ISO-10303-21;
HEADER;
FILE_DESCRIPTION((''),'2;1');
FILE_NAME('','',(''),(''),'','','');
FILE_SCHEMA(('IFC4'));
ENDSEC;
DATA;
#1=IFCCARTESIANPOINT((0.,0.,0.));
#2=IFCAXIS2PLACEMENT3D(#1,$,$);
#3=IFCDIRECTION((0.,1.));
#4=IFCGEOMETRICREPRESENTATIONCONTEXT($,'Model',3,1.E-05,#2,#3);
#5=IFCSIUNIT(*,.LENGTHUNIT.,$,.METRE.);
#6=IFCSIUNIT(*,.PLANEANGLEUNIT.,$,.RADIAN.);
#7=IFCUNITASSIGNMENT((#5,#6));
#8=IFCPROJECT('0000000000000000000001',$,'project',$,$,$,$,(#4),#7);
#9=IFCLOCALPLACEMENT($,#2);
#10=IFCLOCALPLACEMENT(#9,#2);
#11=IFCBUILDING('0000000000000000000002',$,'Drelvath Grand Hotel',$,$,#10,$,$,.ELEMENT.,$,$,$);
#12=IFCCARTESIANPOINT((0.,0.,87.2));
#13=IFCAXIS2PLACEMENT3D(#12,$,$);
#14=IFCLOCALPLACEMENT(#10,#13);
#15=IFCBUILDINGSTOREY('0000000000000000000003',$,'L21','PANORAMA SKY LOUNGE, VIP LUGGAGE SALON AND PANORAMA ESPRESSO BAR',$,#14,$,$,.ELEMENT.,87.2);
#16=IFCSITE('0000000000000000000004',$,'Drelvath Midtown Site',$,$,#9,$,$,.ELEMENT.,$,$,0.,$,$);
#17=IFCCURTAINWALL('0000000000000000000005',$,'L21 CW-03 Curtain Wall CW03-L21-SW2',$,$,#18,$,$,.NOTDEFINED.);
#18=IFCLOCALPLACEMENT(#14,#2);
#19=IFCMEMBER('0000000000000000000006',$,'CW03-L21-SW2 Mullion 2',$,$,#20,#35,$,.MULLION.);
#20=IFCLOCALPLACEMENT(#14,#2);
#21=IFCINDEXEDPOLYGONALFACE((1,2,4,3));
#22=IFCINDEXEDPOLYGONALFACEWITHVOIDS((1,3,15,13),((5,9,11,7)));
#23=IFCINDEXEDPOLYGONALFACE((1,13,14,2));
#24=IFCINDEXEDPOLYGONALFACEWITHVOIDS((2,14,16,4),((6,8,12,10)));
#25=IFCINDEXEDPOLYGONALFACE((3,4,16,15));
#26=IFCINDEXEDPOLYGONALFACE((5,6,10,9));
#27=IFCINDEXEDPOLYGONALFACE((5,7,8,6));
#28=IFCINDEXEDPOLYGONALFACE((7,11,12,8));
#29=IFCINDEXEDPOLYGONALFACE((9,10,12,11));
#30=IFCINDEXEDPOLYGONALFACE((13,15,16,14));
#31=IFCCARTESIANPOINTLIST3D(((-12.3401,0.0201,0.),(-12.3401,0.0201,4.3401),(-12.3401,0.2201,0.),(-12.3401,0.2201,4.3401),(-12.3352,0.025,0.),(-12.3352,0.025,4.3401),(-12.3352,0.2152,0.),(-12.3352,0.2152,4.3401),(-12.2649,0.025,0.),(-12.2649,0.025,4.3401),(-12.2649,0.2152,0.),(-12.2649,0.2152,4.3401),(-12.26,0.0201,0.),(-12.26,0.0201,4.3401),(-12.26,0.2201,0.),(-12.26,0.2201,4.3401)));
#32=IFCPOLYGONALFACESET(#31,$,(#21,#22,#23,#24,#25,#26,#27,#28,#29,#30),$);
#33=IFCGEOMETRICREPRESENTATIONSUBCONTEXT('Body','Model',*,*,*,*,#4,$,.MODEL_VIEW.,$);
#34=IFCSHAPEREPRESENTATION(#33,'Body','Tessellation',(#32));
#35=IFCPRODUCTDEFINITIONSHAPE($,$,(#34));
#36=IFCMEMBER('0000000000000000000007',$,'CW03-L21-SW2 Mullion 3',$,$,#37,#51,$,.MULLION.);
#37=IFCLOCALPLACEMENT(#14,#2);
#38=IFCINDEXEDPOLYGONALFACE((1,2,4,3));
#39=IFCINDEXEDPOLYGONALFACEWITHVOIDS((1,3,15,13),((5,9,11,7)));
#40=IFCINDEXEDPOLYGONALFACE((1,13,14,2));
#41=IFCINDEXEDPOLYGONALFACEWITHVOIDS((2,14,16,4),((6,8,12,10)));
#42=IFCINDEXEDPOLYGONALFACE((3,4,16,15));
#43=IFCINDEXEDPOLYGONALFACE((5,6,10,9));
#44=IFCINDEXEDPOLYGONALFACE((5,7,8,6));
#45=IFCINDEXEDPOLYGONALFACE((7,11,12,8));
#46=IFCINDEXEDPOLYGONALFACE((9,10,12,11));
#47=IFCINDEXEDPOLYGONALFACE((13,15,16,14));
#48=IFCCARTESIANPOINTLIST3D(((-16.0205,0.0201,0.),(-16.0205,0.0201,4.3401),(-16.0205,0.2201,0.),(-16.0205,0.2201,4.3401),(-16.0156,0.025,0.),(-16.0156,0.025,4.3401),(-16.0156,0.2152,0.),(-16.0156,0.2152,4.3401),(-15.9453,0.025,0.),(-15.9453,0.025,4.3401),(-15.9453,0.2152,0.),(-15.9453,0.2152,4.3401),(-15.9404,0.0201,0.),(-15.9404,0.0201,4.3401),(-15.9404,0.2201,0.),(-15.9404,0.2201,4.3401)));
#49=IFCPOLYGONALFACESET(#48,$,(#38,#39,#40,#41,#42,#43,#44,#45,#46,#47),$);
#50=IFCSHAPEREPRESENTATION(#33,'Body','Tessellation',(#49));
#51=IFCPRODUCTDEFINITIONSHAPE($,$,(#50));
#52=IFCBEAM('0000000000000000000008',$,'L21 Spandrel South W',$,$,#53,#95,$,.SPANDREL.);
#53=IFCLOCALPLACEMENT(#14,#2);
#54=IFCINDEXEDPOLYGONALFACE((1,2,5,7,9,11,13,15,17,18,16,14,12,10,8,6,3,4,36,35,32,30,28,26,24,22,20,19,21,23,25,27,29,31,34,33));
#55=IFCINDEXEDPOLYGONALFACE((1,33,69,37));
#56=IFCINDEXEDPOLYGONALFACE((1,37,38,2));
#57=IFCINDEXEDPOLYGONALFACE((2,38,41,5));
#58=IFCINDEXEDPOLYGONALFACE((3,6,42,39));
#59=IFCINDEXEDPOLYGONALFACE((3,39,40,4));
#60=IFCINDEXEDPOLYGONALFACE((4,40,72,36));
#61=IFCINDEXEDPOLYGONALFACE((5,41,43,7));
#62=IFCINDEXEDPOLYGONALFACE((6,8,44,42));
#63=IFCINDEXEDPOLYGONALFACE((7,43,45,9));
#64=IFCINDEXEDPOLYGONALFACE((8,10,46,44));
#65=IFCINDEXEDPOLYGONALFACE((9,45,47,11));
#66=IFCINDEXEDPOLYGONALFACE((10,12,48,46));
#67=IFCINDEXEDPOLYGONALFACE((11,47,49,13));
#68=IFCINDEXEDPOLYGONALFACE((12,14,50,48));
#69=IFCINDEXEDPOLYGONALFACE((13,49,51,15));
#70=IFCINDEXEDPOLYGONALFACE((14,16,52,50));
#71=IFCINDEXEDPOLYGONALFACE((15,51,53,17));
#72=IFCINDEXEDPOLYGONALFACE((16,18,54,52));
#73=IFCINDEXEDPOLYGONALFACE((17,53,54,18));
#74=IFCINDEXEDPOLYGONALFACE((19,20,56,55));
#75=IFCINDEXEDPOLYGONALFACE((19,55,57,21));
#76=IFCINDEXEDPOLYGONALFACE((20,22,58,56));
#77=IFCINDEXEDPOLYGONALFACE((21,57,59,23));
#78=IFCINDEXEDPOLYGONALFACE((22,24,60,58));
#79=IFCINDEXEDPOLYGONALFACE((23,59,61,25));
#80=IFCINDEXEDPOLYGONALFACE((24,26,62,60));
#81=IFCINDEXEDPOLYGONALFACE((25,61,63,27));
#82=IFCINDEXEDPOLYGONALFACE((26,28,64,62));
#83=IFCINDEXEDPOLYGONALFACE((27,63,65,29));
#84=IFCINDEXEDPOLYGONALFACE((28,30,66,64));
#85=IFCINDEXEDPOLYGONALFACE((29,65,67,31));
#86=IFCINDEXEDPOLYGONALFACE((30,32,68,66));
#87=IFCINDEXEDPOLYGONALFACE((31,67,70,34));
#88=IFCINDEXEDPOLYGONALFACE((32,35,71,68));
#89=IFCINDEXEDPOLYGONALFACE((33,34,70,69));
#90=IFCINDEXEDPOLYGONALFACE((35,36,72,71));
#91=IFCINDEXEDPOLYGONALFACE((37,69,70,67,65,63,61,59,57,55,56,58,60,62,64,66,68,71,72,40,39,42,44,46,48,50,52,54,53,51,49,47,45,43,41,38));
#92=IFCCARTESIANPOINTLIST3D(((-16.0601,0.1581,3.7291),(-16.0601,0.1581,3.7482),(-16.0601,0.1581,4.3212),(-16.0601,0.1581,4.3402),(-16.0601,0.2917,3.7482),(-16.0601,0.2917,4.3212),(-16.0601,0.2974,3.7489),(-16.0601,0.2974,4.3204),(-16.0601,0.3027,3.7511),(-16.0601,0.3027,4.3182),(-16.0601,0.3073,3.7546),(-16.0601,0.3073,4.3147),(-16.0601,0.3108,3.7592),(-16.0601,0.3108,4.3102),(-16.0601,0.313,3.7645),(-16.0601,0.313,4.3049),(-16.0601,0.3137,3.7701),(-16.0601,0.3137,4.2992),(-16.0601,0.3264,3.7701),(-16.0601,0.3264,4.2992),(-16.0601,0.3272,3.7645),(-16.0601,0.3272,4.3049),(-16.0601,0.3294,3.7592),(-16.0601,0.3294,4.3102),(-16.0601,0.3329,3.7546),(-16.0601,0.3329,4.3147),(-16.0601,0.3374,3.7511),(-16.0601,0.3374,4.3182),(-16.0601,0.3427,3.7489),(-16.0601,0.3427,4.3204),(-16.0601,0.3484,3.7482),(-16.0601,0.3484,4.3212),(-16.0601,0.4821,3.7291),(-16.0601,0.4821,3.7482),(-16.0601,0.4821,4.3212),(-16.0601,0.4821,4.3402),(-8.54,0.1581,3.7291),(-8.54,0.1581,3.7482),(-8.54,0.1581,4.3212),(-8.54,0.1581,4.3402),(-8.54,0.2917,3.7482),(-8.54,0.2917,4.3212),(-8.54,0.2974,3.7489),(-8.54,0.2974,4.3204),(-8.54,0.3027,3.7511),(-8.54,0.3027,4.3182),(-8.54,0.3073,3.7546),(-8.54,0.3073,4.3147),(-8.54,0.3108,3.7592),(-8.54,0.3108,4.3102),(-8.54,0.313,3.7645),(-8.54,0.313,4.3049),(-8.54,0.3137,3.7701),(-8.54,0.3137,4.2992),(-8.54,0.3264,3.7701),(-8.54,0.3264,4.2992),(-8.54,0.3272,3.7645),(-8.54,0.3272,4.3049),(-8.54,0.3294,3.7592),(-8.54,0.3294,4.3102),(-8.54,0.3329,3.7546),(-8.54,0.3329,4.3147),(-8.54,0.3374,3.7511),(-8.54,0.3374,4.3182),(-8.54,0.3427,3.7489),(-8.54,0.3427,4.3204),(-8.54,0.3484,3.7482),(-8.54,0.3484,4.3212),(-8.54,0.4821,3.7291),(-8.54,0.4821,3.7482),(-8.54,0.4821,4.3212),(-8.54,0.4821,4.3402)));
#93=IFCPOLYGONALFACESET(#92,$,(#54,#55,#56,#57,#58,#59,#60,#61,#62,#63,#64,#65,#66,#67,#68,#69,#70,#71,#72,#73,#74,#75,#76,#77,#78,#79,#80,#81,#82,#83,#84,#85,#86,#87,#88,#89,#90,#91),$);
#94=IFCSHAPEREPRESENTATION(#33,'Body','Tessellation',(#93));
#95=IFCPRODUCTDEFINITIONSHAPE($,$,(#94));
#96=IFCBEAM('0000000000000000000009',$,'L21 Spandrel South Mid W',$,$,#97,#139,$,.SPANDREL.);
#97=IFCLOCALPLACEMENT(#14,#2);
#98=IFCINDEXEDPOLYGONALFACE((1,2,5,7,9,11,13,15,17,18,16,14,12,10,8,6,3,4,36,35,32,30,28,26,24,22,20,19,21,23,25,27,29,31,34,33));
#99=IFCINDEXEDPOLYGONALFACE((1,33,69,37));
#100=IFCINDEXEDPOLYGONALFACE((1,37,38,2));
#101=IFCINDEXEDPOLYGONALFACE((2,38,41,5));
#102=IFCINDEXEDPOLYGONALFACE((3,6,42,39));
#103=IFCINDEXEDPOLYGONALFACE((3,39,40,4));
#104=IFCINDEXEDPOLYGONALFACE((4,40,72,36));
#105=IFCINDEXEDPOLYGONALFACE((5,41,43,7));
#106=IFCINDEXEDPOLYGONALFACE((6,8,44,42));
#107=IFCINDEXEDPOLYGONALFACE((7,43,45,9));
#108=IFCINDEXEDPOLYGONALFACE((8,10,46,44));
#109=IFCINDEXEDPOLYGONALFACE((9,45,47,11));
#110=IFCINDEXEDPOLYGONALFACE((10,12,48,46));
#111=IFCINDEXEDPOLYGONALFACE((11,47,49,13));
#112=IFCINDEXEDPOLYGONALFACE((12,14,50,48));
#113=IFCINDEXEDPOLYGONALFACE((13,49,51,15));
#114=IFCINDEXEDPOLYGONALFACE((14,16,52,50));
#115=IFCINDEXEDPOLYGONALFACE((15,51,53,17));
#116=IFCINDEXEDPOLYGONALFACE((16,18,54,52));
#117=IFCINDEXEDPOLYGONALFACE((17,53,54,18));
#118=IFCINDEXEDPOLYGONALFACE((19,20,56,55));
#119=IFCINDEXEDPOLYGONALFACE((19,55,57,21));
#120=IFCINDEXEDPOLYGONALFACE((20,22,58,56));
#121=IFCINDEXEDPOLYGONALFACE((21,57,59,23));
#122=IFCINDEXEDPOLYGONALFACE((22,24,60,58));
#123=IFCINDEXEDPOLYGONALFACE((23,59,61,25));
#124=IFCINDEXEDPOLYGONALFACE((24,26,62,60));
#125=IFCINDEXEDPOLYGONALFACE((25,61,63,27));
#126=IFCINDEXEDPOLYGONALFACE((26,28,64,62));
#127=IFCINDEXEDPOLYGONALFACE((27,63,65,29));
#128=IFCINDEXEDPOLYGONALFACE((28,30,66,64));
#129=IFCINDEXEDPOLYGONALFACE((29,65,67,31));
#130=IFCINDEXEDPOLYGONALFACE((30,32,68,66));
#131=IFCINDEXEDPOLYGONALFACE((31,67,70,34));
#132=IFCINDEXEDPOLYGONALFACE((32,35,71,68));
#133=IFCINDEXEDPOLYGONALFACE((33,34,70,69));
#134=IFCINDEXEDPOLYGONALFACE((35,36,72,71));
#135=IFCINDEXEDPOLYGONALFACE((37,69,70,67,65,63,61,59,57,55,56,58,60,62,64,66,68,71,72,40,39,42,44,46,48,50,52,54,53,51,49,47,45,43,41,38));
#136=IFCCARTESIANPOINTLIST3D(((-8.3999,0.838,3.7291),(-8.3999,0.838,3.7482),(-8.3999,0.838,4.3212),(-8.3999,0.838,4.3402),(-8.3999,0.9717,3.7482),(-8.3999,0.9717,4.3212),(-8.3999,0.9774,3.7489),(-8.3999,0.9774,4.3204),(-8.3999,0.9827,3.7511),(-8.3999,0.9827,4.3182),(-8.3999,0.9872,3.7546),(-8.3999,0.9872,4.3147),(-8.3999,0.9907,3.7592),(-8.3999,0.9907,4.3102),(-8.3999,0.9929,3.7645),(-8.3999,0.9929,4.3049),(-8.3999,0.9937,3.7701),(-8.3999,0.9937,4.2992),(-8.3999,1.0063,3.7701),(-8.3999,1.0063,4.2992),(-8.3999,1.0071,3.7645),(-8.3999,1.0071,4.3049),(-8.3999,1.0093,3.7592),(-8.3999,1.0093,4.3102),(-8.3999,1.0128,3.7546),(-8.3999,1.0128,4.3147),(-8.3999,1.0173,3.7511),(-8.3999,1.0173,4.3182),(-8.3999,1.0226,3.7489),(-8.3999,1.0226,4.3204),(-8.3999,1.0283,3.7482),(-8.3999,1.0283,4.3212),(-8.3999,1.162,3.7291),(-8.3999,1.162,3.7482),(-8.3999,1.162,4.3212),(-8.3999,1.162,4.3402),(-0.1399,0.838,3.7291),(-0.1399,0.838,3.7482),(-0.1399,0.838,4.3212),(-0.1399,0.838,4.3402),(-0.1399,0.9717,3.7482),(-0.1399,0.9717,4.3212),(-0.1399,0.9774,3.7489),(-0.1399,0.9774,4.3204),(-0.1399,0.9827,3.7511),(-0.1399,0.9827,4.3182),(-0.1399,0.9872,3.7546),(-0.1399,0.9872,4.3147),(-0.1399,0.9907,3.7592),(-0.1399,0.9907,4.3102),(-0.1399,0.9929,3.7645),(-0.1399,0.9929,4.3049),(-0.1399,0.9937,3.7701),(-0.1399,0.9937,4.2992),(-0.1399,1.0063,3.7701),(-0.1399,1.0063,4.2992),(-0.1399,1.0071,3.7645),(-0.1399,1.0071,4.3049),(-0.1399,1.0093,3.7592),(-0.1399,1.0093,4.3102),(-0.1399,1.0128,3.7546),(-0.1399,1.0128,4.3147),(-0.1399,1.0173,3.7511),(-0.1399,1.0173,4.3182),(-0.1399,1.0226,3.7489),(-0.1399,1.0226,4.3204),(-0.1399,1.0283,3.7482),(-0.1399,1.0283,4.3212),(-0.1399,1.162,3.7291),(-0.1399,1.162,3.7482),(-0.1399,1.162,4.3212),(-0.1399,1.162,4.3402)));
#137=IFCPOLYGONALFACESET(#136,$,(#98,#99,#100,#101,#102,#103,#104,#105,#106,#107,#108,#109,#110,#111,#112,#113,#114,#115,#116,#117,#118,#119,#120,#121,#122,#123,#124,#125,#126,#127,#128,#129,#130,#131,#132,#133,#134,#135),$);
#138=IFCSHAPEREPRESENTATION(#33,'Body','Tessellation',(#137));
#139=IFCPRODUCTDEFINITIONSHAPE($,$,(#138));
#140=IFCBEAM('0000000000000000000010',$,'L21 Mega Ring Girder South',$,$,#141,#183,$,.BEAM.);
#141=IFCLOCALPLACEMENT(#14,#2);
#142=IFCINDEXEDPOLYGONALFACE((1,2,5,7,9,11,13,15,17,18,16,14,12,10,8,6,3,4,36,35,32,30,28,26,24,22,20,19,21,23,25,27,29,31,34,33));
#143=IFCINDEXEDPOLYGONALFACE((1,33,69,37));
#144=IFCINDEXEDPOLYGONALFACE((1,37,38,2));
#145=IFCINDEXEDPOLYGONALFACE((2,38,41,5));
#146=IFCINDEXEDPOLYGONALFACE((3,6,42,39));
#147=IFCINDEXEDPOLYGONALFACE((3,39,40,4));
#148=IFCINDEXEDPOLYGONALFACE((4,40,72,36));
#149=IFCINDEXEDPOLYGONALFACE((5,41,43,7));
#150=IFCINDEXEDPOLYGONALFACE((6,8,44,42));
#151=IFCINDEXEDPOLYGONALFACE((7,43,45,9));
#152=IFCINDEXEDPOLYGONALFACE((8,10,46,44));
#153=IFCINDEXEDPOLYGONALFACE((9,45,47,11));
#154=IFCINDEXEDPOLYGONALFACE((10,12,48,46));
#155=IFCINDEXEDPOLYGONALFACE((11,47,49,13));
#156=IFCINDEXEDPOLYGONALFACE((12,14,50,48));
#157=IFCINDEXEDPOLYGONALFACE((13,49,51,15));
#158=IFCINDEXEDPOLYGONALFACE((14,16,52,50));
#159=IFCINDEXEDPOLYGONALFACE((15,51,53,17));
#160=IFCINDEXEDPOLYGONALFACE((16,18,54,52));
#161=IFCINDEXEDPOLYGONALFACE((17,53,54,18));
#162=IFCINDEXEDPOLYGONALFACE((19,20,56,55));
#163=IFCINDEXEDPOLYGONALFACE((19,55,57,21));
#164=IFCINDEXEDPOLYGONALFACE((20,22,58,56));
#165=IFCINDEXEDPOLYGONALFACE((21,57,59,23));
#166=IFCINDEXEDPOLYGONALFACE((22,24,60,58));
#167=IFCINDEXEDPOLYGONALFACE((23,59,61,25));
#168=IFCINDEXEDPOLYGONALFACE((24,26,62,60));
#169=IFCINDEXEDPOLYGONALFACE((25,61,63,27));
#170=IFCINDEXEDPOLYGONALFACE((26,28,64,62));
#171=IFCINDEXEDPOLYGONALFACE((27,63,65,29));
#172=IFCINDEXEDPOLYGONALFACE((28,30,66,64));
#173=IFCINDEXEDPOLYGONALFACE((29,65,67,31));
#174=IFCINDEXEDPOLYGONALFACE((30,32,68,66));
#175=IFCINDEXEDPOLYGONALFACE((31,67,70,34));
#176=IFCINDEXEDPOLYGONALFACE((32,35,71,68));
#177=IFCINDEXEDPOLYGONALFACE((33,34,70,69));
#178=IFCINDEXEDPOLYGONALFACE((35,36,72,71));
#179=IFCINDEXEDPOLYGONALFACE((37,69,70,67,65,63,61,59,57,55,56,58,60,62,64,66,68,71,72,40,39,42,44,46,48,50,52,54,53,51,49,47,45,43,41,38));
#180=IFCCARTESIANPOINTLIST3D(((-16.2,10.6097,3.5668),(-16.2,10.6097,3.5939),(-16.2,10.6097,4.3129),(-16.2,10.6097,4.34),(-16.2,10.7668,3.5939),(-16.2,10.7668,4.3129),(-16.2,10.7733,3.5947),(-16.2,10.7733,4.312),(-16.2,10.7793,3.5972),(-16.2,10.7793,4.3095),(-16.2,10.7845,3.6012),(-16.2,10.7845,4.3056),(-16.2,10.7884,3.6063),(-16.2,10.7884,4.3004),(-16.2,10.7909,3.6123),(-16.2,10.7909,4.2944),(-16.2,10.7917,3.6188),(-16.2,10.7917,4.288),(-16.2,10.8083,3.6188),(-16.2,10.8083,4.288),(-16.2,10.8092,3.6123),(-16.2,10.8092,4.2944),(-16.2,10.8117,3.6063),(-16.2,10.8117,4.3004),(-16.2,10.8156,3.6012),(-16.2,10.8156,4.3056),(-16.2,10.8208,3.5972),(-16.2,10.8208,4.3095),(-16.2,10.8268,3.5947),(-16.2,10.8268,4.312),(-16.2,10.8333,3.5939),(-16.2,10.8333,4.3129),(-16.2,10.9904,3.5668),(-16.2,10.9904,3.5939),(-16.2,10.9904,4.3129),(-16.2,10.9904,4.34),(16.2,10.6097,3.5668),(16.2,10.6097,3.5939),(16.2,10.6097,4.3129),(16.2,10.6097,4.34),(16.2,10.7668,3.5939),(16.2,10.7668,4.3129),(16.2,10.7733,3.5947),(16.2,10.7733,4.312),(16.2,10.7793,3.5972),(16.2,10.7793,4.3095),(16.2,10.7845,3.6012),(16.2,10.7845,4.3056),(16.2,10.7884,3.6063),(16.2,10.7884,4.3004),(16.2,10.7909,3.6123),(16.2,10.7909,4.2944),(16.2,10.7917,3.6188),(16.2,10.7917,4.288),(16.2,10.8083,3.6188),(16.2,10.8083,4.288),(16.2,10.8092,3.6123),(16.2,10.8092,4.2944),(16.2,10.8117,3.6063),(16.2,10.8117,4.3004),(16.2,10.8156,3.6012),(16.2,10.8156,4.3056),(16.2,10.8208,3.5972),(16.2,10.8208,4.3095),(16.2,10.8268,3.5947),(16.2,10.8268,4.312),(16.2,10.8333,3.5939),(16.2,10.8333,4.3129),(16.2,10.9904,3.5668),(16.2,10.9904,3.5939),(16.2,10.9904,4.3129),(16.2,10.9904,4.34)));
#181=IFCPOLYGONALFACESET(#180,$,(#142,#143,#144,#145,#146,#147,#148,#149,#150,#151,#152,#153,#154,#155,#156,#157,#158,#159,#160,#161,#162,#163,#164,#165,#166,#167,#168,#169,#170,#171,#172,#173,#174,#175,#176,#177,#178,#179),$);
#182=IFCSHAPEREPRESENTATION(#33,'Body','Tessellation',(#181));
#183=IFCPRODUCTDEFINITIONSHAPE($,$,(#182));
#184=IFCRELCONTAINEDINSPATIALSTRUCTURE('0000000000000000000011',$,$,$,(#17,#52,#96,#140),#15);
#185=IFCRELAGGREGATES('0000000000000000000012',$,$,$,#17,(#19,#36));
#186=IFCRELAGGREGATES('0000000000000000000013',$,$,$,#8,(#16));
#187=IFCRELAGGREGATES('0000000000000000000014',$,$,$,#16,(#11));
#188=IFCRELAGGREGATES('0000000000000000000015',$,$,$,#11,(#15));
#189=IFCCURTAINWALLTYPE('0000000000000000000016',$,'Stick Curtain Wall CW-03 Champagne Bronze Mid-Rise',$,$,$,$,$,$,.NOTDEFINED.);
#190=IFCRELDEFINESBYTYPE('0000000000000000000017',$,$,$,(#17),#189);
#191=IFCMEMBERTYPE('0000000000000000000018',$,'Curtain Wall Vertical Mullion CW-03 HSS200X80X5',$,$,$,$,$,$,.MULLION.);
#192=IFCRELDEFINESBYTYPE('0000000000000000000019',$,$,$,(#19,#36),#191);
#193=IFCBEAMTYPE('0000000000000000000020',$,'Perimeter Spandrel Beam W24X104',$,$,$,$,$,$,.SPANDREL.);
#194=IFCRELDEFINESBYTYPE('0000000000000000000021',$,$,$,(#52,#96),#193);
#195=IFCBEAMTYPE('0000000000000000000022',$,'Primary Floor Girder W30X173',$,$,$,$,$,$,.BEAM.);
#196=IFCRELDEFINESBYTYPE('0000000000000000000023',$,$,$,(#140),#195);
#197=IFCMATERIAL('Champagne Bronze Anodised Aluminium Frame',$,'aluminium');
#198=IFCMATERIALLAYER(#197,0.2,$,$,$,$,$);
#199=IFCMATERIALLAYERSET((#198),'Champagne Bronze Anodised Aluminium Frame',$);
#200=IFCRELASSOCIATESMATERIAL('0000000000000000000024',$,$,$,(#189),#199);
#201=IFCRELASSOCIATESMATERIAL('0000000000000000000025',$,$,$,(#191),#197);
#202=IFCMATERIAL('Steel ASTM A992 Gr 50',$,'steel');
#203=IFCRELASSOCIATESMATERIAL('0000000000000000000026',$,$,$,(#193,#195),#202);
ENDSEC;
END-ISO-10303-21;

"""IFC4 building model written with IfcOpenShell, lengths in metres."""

from ifc_helpers import new_model, si_unit, direction, frame, origin, origin_2d, place, context, subcontext, project, spatial, hollow_rectangle, i_section, extrude, material, layer, layer_set, material_profile, profile_set, type_object, element, aggregate, save


model = new_model("IFC4")

# Units and contexts
model_context = context("Model", 3, precision=1e-05, world=origin(), true_north=direction((0.0, 1.0)))
body_context = subcontext(model_context, "Body", "Model", "MODEL_VIEW")
ifc_project = project(units=[si_unit("LENGTHUNIT", "METRE"), si_unit("PLANEANGLEUNIT", "RADIAN")], contexts=[model_context])

# Site, building, storey
site_placement = place(None, origin())
site = spatial("IfcSite", under=ifc_project, at=site_placement, Name="Drelvath Midtown Site", CompositionType="ELEMENT", RefElevation=0.0)
building_placement = place(site_placement, origin())
building = spatial("IfcBuilding", under=site, at=building_placement, Name="Drelvath Grand Hotel", CompositionType="ELEMENT")
storey_placement = place(building_placement, frame((0.0, 0.0, 87.2)))
storey = spatial("IfcBuildingStorey", under=building, at=storey_placement, Name="L21", Description="PANORAMA SKY LOUNGE, VIP LUGGAGE SALON AND PANORAMA ESPRESSO BAR", CompositionType="ELEMENT", Elevation=87.2)

# Shared definitions
ifc_material_1 = material(Name="Steel ASTM A992 Gr 50", Category="steel")

# Curtain wall
ifc_material_2 = material(Name="Champagne Bronze Anodised Aluminium Frame", Category="aluminium")
ifc_layer_1 = layer(ifc_material_2, 0.2)
ifc_layer_set_1 = layer_set([ifc_layer_1], Name="Champagne Bronze Anodised Aluminium Frame")
curtain_wall_type = type_object("IfcCurtainWallType", Name="Stick Curtain Wall CW-03 Champagne Bronze Mid-Rise", PredefinedType="NOTDEFINED", material=ifc_layer_set_1)
curtain_wall_1_placement = place(storey_placement, origin())
curtain_wall_1 = element("IfcCurtainWall", 1, at=curtain_wall_1_placement, inside=storey, type_object=curtain_wall_type, Name="L21 CW-03 Curtain Wall CW03-L21-SW2", PredefinedType="NOTDEFINED")

# Members
ifc_material_profile_1 = material_profile(ifc_material_2, hollow_rectangle(XDim=0.0801, YDim=0.2, WallThickness=0.0049, at=origin_2d()), Name="HSS200X80X5")
ifc_profile_set_1 = profile_set([ifc_material_profile_1], Name="Champagne Bronze Anodised Aluminium Frame")
member_type_1 = type_object("IfcMemberType", Name="Curtain Wall Vertical Mullion CW-03 HSS200X80X5", PredefinedType="MULLION", material=ifc_profile_set_1)
member_1_placement = place(storey_placement, frame((-12.3, 0.1201, 0.0), z_axis=(0.0, 0.0, 1.0), x_axis=(1.0, 0.0, 0.0)))
member_1 = element("IfcMember", 2, at=member_1_placement, type_object=member_type_1, Name="CW03-L21-SW2 Mullion 2", PredefinedType="MULLION", context=body_context, shape_type="SweptSolid", body=[
    extrude(hollow_rectangle(XDim=0.0801, YDim=0.2, WallThickness=0.0049, at=origin_2d()), origin(), (0.0, 0.0, 1.0), 4.3401),
])
member_2_placement = place(storey_placement, frame((-15.9805, 0.1201, 0.0), z_axis=(0.0, 0.0, 1.0), x_axis=(1.0, 0.0, 0.0)))
member_2 = element("IfcMember", 3, at=member_2_placement, type_object=member_type_1, Name="CW03-L21-SW2 Mullion 3", PredefinedType="MULLION", context=body_context, shape_type="SweptSolid", body=[
    extrude(hollow_rectangle(XDim=0.0801, YDim=0.2, WallThickness=0.0049, at=origin_2d()), origin(), (0.0, 0.0, 1.0), 4.3401),
])

# Beams
ifc_material_profile_2 = material_profile(ifc_material_1, i_section(OverallWidth=0.324, OverallDepth=0.6111, WebThickness=0.0127, FlangeThickness=0.019, FilletRadius=0.022, at=origin_2d()), Name="W24X104")
ifc_profile_set_2 = profile_set([ifc_material_profile_2], Name="Steel ASTM A992 Gr 50")
beam_type_1 = type_object("IfcBeamType", Name="Perimeter Spandrel Beam W24X104", PredefinedType="SPANDREL", material=ifc_profile_set_2)
beam_1_placement = place(storey_placement, frame((-16.0601, 0.3201, 4.0347), z_axis=(1.0, 0.0, 0.0), x_axis=(0.0, 1.0, 0.0)))
element("IfcBeam", 4, at=beam_1_placement, inside=storey, type_object=beam_type_1, Name="L21 Spandrel South W", PredefinedType="SPANDREL", context=body_context, shape_type="SweptSolid", body=[
    extrude(i_section(OverallWidth=0.324, OverallDepth=0.6111, WebThickness=0.0127, FlangeThickness=0.019, FilletRadius=0.022, at=origin_2d()), origin(), (0.0, 0.0, 1.0), 7.52),
])
beam_2_placement = place(storey_placement, frame((-8.3999, 1.0, 4.0347), z_axis=(1.0, 0.0, 0.0), x_axis=(0.0, 1.0, 0.0)))
element("IfcBeam", 5, at=beam_2_placement, inside=storey, type_object=beam_type_1, Name="L21 Spandrel South Mid W", PredefinedType="SPANDREL", context=body_context, shape_type="SweptSolid", body=[
    extrude(i_section(OverallWidth=0.324, OverallDepth=0.6111, WebThickness=0.0127, FlangeThickness=0.019, FilletRadius=0.022, at=origin_2d()), origin(), (0.0, 0.0, 1.0), 8.26),
])
ifc_material_profile_3 = material_profile(ifc_material_1, i_section(OverallWidth=0.3806, OverallDepth=0.7732, WebThickness=0.0166, FlangeThickness=0.0271, FilletRadius=0.0249, at=origin_2d()), Name="W30X173")
ifc_profile_set_3 = profile_set([ifc_material_profile_3], Name="Steel ASTM A992 Gr 50")
beam_type_2 = type_object("IfcBeamType", Name="Primary Floor Girder W30X173", PredefinedType="BEAM", material=ifc_profile_set_3)
for number, where, z_axis, x_axis, name in (
    (6, (-16.2, 10.8, 3.9534), (1.0, 0.0, 0.0), (0.0, 1.0, 0.0), "L21 Mega Ring Girder South"),
):
    element("IfcBeam", number, at=place(storey_placement, frame(where, z_axis=z_axis, x_axis=x_axis)), inside=storey, type_object=beam_type_2, Name=name, PredefinedType="BEAM", context=body_context, shape_type="SweptSolid", body=[
        extrude(i_section(OverallWidth=0.3806, OverallDepth=0.7732, WebThickness=0.0166, FlangeThickness=0.0271, FilletRadius=0.0249, at=origin_2d()), origin(), (0.0, 0.0, 1.0), 32.3999),
    ])

aggregate(curtain_wall_1, [member_1, member_2])

save(model, "model.ifc")
